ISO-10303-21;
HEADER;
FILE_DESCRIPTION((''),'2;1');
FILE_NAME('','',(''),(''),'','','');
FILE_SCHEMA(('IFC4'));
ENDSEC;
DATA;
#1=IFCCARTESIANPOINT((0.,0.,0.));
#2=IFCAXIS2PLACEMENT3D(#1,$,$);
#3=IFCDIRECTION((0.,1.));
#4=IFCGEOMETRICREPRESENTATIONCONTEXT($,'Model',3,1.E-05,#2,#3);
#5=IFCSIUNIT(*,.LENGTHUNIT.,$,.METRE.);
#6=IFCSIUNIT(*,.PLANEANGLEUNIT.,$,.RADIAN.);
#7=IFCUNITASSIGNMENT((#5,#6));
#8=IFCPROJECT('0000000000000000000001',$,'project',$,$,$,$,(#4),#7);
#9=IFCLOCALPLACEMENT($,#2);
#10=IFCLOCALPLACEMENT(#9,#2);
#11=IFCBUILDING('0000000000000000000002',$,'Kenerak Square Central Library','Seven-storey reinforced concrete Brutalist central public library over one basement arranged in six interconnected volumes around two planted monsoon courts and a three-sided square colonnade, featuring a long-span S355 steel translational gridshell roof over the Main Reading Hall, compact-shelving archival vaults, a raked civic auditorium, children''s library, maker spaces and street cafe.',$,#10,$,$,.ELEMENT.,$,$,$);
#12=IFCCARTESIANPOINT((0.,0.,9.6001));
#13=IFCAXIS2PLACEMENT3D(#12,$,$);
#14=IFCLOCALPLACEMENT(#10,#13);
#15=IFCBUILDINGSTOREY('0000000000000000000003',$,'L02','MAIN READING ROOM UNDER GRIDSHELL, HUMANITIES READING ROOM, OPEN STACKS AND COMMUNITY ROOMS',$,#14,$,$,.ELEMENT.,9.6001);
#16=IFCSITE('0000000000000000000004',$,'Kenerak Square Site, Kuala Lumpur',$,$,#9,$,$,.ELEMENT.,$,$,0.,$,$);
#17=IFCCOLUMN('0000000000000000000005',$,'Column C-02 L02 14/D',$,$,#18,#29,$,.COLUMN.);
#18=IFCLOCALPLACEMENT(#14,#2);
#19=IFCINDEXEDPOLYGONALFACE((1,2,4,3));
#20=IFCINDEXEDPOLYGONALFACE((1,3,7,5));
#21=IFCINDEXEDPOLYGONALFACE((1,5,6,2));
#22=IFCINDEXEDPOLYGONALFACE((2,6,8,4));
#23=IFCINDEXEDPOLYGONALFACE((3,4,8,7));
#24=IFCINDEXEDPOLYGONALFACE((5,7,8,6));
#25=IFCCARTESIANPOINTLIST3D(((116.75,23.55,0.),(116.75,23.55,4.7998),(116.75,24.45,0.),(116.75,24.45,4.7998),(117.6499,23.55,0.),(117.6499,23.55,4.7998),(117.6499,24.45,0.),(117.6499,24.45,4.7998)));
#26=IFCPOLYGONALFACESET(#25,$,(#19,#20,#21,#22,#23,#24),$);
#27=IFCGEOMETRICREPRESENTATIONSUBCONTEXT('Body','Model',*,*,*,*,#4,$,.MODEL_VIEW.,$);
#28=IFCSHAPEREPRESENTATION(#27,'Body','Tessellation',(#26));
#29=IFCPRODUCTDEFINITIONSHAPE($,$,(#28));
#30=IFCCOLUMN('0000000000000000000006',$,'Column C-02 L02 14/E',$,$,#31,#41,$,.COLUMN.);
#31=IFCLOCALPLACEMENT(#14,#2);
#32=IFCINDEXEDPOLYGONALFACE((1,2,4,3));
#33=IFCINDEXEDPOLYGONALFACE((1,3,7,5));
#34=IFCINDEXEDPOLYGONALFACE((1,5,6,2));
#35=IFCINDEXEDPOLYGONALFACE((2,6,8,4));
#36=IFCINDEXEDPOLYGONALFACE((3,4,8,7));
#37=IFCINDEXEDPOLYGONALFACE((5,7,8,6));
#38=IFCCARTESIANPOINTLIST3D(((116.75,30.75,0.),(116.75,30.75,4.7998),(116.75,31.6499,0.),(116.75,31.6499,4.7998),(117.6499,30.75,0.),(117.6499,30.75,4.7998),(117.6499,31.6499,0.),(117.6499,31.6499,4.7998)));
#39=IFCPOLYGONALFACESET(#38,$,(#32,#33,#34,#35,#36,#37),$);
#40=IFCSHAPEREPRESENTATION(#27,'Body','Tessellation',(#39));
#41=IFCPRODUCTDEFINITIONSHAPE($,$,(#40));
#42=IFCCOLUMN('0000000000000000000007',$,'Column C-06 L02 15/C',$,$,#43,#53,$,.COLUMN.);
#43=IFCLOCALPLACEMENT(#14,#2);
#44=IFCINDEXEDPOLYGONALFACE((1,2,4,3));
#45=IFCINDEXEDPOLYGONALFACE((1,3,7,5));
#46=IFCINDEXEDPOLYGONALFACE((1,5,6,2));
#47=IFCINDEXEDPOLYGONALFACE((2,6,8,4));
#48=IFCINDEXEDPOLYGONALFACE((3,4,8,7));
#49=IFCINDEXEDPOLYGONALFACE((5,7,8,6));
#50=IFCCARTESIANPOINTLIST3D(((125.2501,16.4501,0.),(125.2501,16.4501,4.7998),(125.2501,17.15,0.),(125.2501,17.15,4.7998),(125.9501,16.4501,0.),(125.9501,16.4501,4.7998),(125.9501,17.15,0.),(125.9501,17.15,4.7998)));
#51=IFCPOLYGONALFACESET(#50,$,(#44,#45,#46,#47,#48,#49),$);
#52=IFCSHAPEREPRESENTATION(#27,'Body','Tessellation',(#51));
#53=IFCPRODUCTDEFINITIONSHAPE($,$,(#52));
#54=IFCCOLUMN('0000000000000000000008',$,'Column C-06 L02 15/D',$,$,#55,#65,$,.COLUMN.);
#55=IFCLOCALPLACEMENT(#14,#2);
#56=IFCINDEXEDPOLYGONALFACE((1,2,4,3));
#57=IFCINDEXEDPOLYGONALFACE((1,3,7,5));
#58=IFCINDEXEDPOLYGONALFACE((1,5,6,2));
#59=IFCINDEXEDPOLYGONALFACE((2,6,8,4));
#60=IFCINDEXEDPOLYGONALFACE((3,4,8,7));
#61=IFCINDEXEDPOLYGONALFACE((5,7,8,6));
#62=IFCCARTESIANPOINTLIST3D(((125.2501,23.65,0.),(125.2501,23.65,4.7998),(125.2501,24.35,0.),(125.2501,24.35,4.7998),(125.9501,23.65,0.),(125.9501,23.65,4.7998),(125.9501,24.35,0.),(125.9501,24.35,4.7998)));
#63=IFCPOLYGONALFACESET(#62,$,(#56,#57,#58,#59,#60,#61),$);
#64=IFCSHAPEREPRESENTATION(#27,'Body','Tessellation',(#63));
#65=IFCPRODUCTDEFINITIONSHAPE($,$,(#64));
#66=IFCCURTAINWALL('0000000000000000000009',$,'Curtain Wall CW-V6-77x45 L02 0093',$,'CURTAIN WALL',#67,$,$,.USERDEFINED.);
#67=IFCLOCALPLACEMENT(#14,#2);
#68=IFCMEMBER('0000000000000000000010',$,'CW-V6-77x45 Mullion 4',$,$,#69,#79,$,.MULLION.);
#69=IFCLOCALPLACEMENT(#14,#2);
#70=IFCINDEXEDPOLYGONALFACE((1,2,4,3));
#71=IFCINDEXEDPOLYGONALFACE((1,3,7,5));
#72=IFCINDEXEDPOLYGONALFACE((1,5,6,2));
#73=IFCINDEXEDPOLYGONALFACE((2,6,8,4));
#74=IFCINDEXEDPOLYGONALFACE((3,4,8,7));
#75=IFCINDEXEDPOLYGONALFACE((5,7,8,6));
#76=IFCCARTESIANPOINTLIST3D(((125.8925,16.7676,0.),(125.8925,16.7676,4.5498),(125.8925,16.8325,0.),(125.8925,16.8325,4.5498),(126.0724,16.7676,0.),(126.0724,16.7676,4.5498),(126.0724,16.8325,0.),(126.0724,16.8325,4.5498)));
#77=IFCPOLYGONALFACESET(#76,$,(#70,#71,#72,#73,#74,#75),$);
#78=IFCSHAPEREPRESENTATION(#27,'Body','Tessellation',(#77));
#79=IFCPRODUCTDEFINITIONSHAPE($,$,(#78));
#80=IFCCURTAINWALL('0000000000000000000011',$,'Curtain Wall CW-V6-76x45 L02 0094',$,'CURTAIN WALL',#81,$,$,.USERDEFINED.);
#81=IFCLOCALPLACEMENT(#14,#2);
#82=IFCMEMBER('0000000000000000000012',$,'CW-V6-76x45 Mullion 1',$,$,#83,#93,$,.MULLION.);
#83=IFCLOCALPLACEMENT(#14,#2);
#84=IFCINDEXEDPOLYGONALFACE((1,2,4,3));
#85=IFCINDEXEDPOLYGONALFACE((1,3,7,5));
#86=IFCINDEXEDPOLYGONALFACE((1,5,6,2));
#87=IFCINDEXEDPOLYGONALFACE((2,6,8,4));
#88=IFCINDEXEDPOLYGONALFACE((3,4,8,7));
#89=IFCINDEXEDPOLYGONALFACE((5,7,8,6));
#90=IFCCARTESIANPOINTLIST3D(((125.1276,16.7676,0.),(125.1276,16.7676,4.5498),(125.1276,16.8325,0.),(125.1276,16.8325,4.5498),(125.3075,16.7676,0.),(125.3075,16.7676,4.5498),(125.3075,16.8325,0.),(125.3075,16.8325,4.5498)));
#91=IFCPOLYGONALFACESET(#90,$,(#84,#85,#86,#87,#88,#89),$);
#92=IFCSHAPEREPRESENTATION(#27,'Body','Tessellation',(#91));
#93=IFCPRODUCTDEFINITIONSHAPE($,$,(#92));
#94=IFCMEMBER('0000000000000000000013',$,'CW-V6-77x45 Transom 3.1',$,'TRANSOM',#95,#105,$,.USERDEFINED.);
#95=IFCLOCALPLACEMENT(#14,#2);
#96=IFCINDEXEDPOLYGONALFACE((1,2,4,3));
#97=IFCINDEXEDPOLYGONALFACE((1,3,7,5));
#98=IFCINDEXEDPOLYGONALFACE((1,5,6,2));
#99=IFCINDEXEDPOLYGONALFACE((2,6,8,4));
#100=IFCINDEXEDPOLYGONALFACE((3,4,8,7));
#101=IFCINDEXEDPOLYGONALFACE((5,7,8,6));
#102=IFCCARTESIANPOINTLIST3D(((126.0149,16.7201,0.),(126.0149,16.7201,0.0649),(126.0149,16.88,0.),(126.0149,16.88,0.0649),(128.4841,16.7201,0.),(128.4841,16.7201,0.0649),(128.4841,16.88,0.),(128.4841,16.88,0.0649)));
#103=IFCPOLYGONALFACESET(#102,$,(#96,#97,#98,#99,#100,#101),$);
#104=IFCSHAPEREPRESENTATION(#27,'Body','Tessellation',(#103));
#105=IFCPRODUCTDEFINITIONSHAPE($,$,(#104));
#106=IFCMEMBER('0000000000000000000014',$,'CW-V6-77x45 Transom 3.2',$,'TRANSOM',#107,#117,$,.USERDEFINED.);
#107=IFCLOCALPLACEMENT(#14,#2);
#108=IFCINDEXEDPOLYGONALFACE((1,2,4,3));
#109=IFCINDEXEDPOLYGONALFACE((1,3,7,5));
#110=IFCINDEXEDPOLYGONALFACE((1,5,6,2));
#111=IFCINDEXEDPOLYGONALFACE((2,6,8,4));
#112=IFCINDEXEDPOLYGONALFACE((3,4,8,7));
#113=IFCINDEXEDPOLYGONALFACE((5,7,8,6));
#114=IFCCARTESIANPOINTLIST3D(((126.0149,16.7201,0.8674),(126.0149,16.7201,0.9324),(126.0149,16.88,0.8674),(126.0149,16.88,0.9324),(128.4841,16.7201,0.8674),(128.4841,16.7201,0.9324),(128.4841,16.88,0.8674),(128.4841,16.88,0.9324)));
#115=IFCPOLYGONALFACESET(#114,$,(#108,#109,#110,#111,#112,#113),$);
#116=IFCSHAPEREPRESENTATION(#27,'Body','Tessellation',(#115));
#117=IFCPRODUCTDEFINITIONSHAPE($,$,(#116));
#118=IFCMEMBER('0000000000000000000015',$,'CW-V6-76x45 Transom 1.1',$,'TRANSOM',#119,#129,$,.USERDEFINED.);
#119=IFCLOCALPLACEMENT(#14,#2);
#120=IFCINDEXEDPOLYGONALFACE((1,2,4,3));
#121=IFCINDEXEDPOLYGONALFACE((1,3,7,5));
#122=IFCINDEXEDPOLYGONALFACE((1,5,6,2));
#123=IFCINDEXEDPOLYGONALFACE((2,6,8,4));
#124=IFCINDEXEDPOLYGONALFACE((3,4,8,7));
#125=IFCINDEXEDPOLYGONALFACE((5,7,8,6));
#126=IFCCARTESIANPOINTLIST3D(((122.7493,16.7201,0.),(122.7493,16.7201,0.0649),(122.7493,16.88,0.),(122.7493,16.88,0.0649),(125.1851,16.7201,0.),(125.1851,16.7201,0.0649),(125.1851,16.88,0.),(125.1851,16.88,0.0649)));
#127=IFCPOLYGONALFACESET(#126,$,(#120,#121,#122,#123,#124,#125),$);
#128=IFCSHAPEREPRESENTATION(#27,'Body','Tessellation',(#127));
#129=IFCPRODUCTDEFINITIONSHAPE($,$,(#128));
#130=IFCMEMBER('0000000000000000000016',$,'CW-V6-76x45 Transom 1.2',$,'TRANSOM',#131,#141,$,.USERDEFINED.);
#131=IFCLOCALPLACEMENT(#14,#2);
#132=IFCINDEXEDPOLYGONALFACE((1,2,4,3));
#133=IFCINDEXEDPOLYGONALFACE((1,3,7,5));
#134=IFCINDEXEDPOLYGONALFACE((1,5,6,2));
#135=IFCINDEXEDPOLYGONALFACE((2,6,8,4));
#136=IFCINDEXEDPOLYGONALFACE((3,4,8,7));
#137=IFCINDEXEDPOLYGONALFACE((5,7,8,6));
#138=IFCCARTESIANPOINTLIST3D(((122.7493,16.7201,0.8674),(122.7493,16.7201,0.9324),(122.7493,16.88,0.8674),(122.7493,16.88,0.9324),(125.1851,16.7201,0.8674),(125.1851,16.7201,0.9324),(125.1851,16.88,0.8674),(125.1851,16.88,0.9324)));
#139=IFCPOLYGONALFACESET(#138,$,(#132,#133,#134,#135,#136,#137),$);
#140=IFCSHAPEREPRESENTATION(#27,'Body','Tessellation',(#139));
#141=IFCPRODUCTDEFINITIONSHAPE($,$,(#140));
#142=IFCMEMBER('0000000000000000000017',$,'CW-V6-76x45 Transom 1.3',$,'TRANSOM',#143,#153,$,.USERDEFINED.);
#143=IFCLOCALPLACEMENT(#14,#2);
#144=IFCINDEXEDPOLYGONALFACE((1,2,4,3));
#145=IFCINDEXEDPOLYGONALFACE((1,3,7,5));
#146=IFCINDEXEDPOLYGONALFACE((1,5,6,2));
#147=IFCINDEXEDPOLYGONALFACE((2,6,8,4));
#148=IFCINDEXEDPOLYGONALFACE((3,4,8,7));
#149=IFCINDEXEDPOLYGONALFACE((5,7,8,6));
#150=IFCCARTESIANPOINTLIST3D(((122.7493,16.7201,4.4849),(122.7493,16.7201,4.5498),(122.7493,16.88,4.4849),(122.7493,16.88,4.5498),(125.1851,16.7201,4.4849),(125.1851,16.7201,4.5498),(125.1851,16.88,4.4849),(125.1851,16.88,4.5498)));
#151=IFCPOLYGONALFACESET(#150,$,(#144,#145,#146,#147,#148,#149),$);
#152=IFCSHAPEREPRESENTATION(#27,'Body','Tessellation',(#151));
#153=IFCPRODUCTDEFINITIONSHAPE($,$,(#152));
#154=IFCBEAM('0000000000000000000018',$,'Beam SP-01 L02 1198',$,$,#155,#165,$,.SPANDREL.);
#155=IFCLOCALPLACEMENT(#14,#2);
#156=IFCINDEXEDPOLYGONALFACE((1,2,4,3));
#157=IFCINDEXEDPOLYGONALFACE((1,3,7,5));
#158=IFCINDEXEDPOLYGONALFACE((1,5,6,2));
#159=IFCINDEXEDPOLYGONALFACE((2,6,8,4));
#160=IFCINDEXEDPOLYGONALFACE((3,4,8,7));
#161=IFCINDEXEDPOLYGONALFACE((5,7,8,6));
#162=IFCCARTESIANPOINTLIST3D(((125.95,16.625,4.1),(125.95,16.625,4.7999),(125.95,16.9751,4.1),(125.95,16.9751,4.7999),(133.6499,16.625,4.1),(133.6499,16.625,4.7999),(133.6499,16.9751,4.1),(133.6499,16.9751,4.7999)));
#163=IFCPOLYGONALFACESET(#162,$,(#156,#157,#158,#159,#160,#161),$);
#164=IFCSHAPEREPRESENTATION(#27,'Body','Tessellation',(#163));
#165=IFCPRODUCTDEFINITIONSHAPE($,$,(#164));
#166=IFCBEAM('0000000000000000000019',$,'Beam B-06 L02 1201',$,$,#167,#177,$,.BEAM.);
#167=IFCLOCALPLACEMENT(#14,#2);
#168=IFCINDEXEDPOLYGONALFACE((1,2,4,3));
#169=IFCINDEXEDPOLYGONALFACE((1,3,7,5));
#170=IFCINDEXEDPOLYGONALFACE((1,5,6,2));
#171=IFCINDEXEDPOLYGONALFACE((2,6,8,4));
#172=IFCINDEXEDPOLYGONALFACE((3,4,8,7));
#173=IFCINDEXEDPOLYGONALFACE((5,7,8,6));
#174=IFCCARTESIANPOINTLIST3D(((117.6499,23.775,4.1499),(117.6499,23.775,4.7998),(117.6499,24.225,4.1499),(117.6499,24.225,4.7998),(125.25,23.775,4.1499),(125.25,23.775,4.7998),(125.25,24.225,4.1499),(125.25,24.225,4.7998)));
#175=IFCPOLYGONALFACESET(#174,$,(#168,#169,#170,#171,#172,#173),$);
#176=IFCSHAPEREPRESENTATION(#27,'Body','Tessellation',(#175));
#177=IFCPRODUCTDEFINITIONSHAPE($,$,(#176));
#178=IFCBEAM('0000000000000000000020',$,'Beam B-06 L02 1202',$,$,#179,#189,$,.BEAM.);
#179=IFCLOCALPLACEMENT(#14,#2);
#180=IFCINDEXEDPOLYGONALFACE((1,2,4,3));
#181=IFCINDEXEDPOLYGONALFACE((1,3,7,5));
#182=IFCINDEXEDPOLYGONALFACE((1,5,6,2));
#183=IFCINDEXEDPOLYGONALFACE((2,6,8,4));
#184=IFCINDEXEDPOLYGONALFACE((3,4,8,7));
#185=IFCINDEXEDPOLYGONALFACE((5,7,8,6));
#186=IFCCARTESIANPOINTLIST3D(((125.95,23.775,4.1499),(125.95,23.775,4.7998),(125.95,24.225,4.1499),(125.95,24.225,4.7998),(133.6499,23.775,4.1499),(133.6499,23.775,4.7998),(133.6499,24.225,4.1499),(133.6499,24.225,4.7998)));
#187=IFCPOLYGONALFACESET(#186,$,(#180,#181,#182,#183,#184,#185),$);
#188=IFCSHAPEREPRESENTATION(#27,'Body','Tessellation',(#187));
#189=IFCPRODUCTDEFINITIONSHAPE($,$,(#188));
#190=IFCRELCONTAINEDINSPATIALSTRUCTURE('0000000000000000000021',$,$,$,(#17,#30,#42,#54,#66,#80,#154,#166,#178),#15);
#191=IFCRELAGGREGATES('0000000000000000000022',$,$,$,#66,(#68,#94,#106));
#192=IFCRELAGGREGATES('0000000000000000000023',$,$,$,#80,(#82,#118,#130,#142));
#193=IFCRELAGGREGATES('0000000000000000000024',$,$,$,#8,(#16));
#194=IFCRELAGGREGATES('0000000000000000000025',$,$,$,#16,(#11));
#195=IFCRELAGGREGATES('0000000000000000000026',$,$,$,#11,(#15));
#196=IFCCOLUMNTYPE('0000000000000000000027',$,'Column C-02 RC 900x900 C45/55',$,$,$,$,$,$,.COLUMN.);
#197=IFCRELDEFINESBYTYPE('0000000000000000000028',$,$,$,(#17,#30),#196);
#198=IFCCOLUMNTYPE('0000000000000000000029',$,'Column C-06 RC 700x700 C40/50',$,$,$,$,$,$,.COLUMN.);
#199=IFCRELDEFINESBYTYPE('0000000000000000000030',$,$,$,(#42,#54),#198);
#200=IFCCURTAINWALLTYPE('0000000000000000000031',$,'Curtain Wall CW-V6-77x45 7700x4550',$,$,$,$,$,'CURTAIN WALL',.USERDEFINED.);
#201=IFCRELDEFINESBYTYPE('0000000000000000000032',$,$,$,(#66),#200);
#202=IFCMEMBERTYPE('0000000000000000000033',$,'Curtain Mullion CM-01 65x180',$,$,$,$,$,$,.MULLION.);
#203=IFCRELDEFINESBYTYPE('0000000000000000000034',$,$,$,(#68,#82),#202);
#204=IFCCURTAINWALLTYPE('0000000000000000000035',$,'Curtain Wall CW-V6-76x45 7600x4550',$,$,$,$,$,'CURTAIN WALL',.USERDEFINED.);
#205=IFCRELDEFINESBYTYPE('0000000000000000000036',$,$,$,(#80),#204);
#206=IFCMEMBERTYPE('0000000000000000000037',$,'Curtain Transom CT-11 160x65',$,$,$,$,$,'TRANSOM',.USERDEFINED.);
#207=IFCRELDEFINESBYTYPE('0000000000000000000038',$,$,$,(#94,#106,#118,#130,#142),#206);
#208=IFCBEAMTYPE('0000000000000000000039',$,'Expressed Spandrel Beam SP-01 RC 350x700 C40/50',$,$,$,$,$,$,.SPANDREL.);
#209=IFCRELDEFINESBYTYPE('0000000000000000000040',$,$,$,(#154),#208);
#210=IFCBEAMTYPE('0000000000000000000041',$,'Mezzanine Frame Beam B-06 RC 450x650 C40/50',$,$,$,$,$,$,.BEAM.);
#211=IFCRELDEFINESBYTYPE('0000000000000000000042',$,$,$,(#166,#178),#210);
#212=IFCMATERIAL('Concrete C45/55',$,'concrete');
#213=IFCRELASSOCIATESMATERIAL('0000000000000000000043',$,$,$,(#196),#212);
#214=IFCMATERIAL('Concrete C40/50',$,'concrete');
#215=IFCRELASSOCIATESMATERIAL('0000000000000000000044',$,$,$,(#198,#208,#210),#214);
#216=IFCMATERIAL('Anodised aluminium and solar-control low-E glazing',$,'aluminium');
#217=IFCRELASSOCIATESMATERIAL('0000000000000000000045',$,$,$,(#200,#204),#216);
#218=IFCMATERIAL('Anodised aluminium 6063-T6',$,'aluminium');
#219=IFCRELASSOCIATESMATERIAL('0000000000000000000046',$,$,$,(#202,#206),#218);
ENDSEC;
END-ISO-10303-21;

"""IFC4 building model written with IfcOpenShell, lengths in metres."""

from ifc_helpers import new_model, si_unit, direction, frame, origin, origin_2d, place, context, subcontext, project, spatial, rectangle, extrude, material, material_profile, profile_set, type_object, element, aggregate, save


model = new_model("IFC4")

# Units and contexts
model_context = context("Model", 3, precision=1e-05, world=origin(), true_north=direction((0.0, 1.0)))
body_context = subcontext(model_context, "Body", "Model", "MODEL_VIEW")
ifc_project = project(units=[si_unit("LENGTHUNIT", "METRE"), si_unit("PLANEANGLEUNIT", "RADIAN")], contexts=[model_context])

# Site, building, storey
site_placement = place(None, origin())
site = spatial("IfcSite", under=ifc_project, at=site_placement, Name="Kenerak Square Site, Kuala Lumpur", CompositionType="ELEMENT", RefElevation=0.0)
building_placement = place(site_placement, origin())
building = spatial("IfcBuilding", under=site, at=building_placement, Name="Kenerak Square Central Library", Description="Seven-storey reinforced concrete Brutalist central public library over one basement arranged in six interconnected volumes around two planted monsoon courts and a three-sided square colonnade, featuring a long-span S355 steel translational gridshell roof over the Main Reading Hall, compact-shelving archival vaults, a raked civic auditorium, children's library, maker spaces and street cafe.", CompositionType="ELEMENT")
storey_placement = place(building_placement, frame((0.0, 0.0, 9.6001)))
storey = spatial("IfcBuildingStorey", under=building, at=storey_placement, Name="L02", Description="MAIN READING ROOM UNDER GRIDSHELL, HUMANITIES READING ROOM, OPEN STACKS AND COMMUNITY ROOMS", CompositionType="ELEMENT", Elevation=9.6001)

# Columns
ifc_material_1 = material(Name="Concrete C45/55", Category="concrete")
ifc_material_profile_1 = material_profile(ifc_material_1, rectangle(XDim=0.8999, YDim=0.8999, at=origin_2d()), Name="RC 900x900")
ifc_profile_set_1 = profile_set([ifc_material_profile_1], Name="Concrete C45/55")
column_type_1 = type_object("IfcColumnType", Name="Column C-02 RC 900x900 C45/55", PredefinedType="COLUMN", material=ifc_profile_set_1)
for number, where, z_axis, x_axis, name in (
    (1, (117.2, 24.0, 0.0), (0.0, 0.0, 1.0), (1.0, 0.0, 0.0), "Column C-02 L02 14/D"),
    (2, (117.2, 31.2, 0.0), (0.0, 0.0, 1.0), (1.0, 0.0, 0.0), "Column C-02 L02 14/E"),
):
    element("IfcColumn", number, at=place(storey_placement, frame(where, z_axis=z_axis, x_axis=x_axis)), inside=storey, type_object=column_type_1, Name=name, PredefinedType="COLUMN", context=body_context, shape_type="SweptSolid", body=[
        extrude(rectangle(XDim=0.8999, YDim=0.8999, at=origin_2d()), origin(), (0.0, 0.0, 1.0), 4.7998),
    ])
ifc_material_2 = material(Name="Concrete C40/50", Category="concrete")
ifc_material_profile_2 = material_profile(ifc_material_2, rectangle(XDim=0.7, YDim=0.7, at=origin_2d()), Name="RC 700x700")
ifc_profile_set_2 = profile_set([ifc_material_profile_2], Name="Concrete C40/50")
column_type_2 = type_object("IfcColumnType", Name="Column C-06 RC 700x700 C40/50", PredefinedType="COLUMN", material=ifc_profile_set_2)
for number, where, z_axis, x_axis, name in (
    (3, (125.6001, 16.8, 0.0), (0.0, 0.0, 1.0), (1.0, 0.0, 0.0), "Column C-06 L02 15/C"),
    (4, (125.6001, 24.0, 0.0), (0.0, 0.0, 1.0), (1.0, 0.0, 0.0), "Column C-06 L02 15/D"),
):
    element("IfcColumn", number, at=place(storey_placement, frame(where, z_axis=z_axis, x_axis=x_axis)), inside=storey, type_object=column_type_2, Name=name, PredefinedType="COLUMN", context=body_context, shape_type="SweptSolid", body=[
        extrude(rectangle(XDim=0.7, YDim=0.7, at=origin_2d()), origin(), (0.0, 0.0, 1.0), 4.7998),
    ])

# Curtain walls, members
ifc_material_3 = material(Name="Anodised aluminium and solar-control low-E glazing", Category="aluminium")
curtain_wall_type_1 = type_object("IfcCurtainWallType", Name="Curtain Wall CW-V6-77x45 7700x4550", ElementType="CURTAIN WALL", PredefinedType="USERDEFINED", material=ifc_material_3)
curtain_wall_1_placement = place(storey_placement, origin())
curtain_wall_1 = element("IfcCurtainWall", 5, at=curtain_wall_1_placement, inside=storey, type_object=curtain_wall_type_1, Name="Curtain Wall CW-V6-77x45 L02 0093", ObjectType="CURTAIN WALL", PredefinedType="USERDEFINED")
ifc_material_4 = material(Name="Anodised aluminium 6063-T6", Category="aluminium")
ifc_material_profile_3 = material_profile(ifc_material_4, rectangle(XDim=0.0649, YDim=0.1799, at=origin_2d()), Name="AL MULLION 65x180")
ifc_profile_set_3 = profile_set([ifc_material_profile_3], Name="Anodised aluminium 6063-T6")
member_type_1 = type_object("IfcMemberType", Name="Curtain Mullion CM-01 65x180", PredefinedType="MULLION", material=ifc_profile_set_3)
member_1_placement = place(storey_placement, frame((125.9824, 16.8, 0.0), z_axis=(0.0, 0.0, 1.0), x_axis=(0.0, -1.0, 0.0)))
member_1 = element("IfcMember", 6, at=member_1_placement, type_object=member_type_1, Name="CW-V6-77x45 Mullion 4", PredefinedType="MULLION", context=body_context, shape_type="SweptSolid", body=[
    extrude(rectangle(XDim=0.0649, YDim=0.1799, at=origin_2d()), origin(), (0.0, 0.0, 1.0), 4.5498),
])
curtain_wall_type_2 = type_object("IfcCurtainWallType", Name="Curtain Wall CW-V6-76x45 7600x4550", ElementType="CURTAIN WALL", PredefinedType="USERDEFINED", material=ifc_material_3)
curtain_wall_2_placement = place(storey_placement, origin())
curtain_wall_2 = element("IfcCurtainWall", 7, at=curtain_wall_2_placement, inside=storey, type_object=curtain_wall_type_2, Name="Curtain Wall CW-V6-76x45 L02 0094", ObjectType="CURTAIN WALL", PredefinedType="USERDEFINED")
member_2_placement = place(storey_placement, frame((125.2175, 16.8, 0.0), z_axis=(0.0, 0.0, 1.0), x_axis=(0.0, -1.0, 0.0)))
member_2 = element("IfcMember", 8, at=member_2_placement, type_object=member_type_1, Name="CW-V6-76x45 Mullion 1", PredefinedType="MULLION", context=body_context, shape_type="SweptSolid", body=[
    extrude(rectangle(XDim=0.0649, YDim=0.1799, at=origin_2d()), origin(), (0.0, 0.0, 1.0), 4.5498),
])

# Members
ifc_material_profile_4 = material_profile(ifc_material_4, rectangle(XDim=0.1599, YDim=0.0649, at=origin_2d()), Name="AL TRANSOM 160x65")
ifc_profile_set_4 = profile_set([ifc_material_profile_4], Name="Anodised aluminium 6063-T6")
member_type_2 = type_object("IfcMemberType", Name="Curtain Transom CT-11 160x65", ElementType="TRANSOM", PredefinedType="USERDEFINED", material=ifc_profile_set_4)
member_3_placement = place(storey_placement, frame((128.4841, 16.8, 0.0325), z_axis=(-1.0, 0.0, 0.0), x_axis=(0.0, -1.0, 0.0)))
member_3 = element("IfcMember", 9, at=member_3_placement, type_object=member_type_2, Name="CW-V6-77x45 Transom 3.1", ObjectType="TRANSOM", PredefinedType="USERDEFINED", context=body_context, shape_type="SweptSolid", body=[
    extrude(rectangle(XDim=0.1599, YDim=0.0649, at=origin_2d()), origin(), (0.0, 0.0, 1.0), 2.4692),
])
member_4_placement = place(storey_placement, frame((128.4841, 16.8, 0.8999), z_axis=(-1.0, 0.0, 0.0), x_axis=(0.0, -1.0, 0.0)))
member_4 = element("IfcMember", 10, at=member_4_placement, type_object=member_type_2, Name="CW-V6-77x45 Transom 3.2", ObjectType="TRANSOM", PredefinedType="USERDEFINED", context=body_context, shape_type="SweptSolid", body=[
    extrude(rectangle(XDim=0.1599, YDim=0.0649, at=origin_2d()), origin(), (0.0, 0.0, 1.0), 2.4692),
])
member_5_placement = place(storey_placement, frame((125.1851, 16.8, 0.0325), z_axis=(-1.0, 0.0, 0.0), x_axis=(0.0, -1.0, 0.0)))
member_5 = element("IfcMember", 11, at=member_5_placement, type_object=member_type_2, Name="CW-V6-76x45 Transom 1.1", ObjectType="TRANSOM", PredefinedType="USERDEFINED", context=body_context, shape_type="SweptSolid", body=[
    extrude(rectangle(XDim=0.1599, YDim=0.0649, at=origin_2d()), origin(), (0.0, 0.0, 1.0), 2.4358),
])
member_6_placement = place(storey_placement, frame((125.1851, 16.8, 0.8999), z_axis=(-1.0, 0.0, 0.0), x_axis=(0.0, -1.0, 0.0)))
member_6 = element("IfcMember", 12, at=member_6_placement, type_object=member_type_2, Name="CW-V6-76x45 Transom 1.2", ObjectType="TRANSOM", PredefinedType="USERDEFINED", context=body_context, shape_type="SweptSolid", body=[
    extrude(rectangle(XDim=0.1599, YDim=0.0649, at=origin_2d()), origin(), (0.0, 0.0, 1.0), 2.4358),
])
member_7_placement = place(storey_placement, frame((125.1851, 16.8, 4.5173), z_axis=(-1.0, 0.0, 0.0), x_axis=(0.0, -1.0, 0.0)))
member_7 = element("IfcMember", 13, at=member_7_placement, type_object=member_type_2, Name="CW-V6-76x45 Transom 1.3", ObjectType="TRANSOM", PredefinedType="USERDEFINED", context=body_context, shape_type="SweptSolid", body=[
    extrude(rectangle(XDim=0.1599, YDim=0.0649, at=origin_2d()), origin(), (0.0, 0.0, 1.0), 2.4358),
])

# Beams
ifc_material_profile_5 = material_profile(ifc_material_2, rectangle(XDim=0.3501, YDim=0.7, at=origin_2d()), Name="RC 350x700")
ifc_profile_set_5 = profile_set([ifc_material_profile_5], Name="Concrete C40/50")
beam_type_1 = type_object("IfcBeamType", Name="Expressed Spandrel Beam SP-01 RC 350x700 C40/50", PredefinedType="SPANDREL", material=ifc_profile_set_5)
beam_1_placement = place(storey_placement, frame((125.95, 16.8, 4.45), z_axis=(1.0, 0.0, 0.0), x_axis=(0.0, 1.0, 0.0)))
element("IfcBeam", 14, at=beam_1_placement, inside=storey, type_object=beam_type_1, Name="Beam SP-01 L02 1198", PredefinedType="SPANDREL", context=body_context, shape_type="SweptSolid", body=[
    extrude(rectangle(XDim=0.3501, YDim=0.7, at=origin_2d()), origin(), (0.0, 0.0, 1.0), 7.7),
])
ifc_material_profile_6 = material_profile(ifc_material_2, rectangle(XDim=0.45, YDim=0.6499, at=origin_2d()), Name="RC 450x650")
ifc_profile_set_6 = profile_set([ifc_material_profile_6], Name="Concrete C40/50")
beam_type_2 = type_object("IfcBeamType", Name="Mezzanine Frame Beam B-06 RC 450x650 C40/50", PredefinedType="BEAM", material=ifc_profile_set_6)
beam_2_placement = place(storey_placement, frame((117.6499, 24.0, 4.4749), z_axis=(1.0, 0.0, 0.0), x_axis=(0.0, 1.0, 0.0)))
element("IfcBeam", 15, at=beam_2_placement, inside=storey, type_object=beam_type_2, Name="Beam B-06 L02 1201", PredefinedType="BEAM", context=body_context, shape_type="SweptSolid", body=[
    extrude(rectangle(XDim=0.45, YDim=0.6499, at=origin_2d()), origin(), (0.0, 0.0, 1.0), 7.6001),
])
beam_3_placement = place(storey_placement, frame((125.95, 24.0, 4.4749), z_axis=(1.0, 0.0, 0.0), x_axis=(0.0, 1.0, 0.0)))
element("IfcBeam", 16, at=beam_3_placement, inside=storey, type_object=beam_type_2, Name="Beam B-06 L02 1202", PredefinedType="BEAM", context=body_context, shape_type="SweptSolid", body=[
    extrude(rectangle(XDim=0.45, YDim=0.6499, at=origin_2d()), origin(), (0.0, 0.0, 1.0), 7.7),
])

aggregate(curtain_wall_1, [member_1, member_3, member_4])
aggregate(curtain_wall_2, [member_2, member_5, member_6, member_7])

save(model, "model.ifc")
